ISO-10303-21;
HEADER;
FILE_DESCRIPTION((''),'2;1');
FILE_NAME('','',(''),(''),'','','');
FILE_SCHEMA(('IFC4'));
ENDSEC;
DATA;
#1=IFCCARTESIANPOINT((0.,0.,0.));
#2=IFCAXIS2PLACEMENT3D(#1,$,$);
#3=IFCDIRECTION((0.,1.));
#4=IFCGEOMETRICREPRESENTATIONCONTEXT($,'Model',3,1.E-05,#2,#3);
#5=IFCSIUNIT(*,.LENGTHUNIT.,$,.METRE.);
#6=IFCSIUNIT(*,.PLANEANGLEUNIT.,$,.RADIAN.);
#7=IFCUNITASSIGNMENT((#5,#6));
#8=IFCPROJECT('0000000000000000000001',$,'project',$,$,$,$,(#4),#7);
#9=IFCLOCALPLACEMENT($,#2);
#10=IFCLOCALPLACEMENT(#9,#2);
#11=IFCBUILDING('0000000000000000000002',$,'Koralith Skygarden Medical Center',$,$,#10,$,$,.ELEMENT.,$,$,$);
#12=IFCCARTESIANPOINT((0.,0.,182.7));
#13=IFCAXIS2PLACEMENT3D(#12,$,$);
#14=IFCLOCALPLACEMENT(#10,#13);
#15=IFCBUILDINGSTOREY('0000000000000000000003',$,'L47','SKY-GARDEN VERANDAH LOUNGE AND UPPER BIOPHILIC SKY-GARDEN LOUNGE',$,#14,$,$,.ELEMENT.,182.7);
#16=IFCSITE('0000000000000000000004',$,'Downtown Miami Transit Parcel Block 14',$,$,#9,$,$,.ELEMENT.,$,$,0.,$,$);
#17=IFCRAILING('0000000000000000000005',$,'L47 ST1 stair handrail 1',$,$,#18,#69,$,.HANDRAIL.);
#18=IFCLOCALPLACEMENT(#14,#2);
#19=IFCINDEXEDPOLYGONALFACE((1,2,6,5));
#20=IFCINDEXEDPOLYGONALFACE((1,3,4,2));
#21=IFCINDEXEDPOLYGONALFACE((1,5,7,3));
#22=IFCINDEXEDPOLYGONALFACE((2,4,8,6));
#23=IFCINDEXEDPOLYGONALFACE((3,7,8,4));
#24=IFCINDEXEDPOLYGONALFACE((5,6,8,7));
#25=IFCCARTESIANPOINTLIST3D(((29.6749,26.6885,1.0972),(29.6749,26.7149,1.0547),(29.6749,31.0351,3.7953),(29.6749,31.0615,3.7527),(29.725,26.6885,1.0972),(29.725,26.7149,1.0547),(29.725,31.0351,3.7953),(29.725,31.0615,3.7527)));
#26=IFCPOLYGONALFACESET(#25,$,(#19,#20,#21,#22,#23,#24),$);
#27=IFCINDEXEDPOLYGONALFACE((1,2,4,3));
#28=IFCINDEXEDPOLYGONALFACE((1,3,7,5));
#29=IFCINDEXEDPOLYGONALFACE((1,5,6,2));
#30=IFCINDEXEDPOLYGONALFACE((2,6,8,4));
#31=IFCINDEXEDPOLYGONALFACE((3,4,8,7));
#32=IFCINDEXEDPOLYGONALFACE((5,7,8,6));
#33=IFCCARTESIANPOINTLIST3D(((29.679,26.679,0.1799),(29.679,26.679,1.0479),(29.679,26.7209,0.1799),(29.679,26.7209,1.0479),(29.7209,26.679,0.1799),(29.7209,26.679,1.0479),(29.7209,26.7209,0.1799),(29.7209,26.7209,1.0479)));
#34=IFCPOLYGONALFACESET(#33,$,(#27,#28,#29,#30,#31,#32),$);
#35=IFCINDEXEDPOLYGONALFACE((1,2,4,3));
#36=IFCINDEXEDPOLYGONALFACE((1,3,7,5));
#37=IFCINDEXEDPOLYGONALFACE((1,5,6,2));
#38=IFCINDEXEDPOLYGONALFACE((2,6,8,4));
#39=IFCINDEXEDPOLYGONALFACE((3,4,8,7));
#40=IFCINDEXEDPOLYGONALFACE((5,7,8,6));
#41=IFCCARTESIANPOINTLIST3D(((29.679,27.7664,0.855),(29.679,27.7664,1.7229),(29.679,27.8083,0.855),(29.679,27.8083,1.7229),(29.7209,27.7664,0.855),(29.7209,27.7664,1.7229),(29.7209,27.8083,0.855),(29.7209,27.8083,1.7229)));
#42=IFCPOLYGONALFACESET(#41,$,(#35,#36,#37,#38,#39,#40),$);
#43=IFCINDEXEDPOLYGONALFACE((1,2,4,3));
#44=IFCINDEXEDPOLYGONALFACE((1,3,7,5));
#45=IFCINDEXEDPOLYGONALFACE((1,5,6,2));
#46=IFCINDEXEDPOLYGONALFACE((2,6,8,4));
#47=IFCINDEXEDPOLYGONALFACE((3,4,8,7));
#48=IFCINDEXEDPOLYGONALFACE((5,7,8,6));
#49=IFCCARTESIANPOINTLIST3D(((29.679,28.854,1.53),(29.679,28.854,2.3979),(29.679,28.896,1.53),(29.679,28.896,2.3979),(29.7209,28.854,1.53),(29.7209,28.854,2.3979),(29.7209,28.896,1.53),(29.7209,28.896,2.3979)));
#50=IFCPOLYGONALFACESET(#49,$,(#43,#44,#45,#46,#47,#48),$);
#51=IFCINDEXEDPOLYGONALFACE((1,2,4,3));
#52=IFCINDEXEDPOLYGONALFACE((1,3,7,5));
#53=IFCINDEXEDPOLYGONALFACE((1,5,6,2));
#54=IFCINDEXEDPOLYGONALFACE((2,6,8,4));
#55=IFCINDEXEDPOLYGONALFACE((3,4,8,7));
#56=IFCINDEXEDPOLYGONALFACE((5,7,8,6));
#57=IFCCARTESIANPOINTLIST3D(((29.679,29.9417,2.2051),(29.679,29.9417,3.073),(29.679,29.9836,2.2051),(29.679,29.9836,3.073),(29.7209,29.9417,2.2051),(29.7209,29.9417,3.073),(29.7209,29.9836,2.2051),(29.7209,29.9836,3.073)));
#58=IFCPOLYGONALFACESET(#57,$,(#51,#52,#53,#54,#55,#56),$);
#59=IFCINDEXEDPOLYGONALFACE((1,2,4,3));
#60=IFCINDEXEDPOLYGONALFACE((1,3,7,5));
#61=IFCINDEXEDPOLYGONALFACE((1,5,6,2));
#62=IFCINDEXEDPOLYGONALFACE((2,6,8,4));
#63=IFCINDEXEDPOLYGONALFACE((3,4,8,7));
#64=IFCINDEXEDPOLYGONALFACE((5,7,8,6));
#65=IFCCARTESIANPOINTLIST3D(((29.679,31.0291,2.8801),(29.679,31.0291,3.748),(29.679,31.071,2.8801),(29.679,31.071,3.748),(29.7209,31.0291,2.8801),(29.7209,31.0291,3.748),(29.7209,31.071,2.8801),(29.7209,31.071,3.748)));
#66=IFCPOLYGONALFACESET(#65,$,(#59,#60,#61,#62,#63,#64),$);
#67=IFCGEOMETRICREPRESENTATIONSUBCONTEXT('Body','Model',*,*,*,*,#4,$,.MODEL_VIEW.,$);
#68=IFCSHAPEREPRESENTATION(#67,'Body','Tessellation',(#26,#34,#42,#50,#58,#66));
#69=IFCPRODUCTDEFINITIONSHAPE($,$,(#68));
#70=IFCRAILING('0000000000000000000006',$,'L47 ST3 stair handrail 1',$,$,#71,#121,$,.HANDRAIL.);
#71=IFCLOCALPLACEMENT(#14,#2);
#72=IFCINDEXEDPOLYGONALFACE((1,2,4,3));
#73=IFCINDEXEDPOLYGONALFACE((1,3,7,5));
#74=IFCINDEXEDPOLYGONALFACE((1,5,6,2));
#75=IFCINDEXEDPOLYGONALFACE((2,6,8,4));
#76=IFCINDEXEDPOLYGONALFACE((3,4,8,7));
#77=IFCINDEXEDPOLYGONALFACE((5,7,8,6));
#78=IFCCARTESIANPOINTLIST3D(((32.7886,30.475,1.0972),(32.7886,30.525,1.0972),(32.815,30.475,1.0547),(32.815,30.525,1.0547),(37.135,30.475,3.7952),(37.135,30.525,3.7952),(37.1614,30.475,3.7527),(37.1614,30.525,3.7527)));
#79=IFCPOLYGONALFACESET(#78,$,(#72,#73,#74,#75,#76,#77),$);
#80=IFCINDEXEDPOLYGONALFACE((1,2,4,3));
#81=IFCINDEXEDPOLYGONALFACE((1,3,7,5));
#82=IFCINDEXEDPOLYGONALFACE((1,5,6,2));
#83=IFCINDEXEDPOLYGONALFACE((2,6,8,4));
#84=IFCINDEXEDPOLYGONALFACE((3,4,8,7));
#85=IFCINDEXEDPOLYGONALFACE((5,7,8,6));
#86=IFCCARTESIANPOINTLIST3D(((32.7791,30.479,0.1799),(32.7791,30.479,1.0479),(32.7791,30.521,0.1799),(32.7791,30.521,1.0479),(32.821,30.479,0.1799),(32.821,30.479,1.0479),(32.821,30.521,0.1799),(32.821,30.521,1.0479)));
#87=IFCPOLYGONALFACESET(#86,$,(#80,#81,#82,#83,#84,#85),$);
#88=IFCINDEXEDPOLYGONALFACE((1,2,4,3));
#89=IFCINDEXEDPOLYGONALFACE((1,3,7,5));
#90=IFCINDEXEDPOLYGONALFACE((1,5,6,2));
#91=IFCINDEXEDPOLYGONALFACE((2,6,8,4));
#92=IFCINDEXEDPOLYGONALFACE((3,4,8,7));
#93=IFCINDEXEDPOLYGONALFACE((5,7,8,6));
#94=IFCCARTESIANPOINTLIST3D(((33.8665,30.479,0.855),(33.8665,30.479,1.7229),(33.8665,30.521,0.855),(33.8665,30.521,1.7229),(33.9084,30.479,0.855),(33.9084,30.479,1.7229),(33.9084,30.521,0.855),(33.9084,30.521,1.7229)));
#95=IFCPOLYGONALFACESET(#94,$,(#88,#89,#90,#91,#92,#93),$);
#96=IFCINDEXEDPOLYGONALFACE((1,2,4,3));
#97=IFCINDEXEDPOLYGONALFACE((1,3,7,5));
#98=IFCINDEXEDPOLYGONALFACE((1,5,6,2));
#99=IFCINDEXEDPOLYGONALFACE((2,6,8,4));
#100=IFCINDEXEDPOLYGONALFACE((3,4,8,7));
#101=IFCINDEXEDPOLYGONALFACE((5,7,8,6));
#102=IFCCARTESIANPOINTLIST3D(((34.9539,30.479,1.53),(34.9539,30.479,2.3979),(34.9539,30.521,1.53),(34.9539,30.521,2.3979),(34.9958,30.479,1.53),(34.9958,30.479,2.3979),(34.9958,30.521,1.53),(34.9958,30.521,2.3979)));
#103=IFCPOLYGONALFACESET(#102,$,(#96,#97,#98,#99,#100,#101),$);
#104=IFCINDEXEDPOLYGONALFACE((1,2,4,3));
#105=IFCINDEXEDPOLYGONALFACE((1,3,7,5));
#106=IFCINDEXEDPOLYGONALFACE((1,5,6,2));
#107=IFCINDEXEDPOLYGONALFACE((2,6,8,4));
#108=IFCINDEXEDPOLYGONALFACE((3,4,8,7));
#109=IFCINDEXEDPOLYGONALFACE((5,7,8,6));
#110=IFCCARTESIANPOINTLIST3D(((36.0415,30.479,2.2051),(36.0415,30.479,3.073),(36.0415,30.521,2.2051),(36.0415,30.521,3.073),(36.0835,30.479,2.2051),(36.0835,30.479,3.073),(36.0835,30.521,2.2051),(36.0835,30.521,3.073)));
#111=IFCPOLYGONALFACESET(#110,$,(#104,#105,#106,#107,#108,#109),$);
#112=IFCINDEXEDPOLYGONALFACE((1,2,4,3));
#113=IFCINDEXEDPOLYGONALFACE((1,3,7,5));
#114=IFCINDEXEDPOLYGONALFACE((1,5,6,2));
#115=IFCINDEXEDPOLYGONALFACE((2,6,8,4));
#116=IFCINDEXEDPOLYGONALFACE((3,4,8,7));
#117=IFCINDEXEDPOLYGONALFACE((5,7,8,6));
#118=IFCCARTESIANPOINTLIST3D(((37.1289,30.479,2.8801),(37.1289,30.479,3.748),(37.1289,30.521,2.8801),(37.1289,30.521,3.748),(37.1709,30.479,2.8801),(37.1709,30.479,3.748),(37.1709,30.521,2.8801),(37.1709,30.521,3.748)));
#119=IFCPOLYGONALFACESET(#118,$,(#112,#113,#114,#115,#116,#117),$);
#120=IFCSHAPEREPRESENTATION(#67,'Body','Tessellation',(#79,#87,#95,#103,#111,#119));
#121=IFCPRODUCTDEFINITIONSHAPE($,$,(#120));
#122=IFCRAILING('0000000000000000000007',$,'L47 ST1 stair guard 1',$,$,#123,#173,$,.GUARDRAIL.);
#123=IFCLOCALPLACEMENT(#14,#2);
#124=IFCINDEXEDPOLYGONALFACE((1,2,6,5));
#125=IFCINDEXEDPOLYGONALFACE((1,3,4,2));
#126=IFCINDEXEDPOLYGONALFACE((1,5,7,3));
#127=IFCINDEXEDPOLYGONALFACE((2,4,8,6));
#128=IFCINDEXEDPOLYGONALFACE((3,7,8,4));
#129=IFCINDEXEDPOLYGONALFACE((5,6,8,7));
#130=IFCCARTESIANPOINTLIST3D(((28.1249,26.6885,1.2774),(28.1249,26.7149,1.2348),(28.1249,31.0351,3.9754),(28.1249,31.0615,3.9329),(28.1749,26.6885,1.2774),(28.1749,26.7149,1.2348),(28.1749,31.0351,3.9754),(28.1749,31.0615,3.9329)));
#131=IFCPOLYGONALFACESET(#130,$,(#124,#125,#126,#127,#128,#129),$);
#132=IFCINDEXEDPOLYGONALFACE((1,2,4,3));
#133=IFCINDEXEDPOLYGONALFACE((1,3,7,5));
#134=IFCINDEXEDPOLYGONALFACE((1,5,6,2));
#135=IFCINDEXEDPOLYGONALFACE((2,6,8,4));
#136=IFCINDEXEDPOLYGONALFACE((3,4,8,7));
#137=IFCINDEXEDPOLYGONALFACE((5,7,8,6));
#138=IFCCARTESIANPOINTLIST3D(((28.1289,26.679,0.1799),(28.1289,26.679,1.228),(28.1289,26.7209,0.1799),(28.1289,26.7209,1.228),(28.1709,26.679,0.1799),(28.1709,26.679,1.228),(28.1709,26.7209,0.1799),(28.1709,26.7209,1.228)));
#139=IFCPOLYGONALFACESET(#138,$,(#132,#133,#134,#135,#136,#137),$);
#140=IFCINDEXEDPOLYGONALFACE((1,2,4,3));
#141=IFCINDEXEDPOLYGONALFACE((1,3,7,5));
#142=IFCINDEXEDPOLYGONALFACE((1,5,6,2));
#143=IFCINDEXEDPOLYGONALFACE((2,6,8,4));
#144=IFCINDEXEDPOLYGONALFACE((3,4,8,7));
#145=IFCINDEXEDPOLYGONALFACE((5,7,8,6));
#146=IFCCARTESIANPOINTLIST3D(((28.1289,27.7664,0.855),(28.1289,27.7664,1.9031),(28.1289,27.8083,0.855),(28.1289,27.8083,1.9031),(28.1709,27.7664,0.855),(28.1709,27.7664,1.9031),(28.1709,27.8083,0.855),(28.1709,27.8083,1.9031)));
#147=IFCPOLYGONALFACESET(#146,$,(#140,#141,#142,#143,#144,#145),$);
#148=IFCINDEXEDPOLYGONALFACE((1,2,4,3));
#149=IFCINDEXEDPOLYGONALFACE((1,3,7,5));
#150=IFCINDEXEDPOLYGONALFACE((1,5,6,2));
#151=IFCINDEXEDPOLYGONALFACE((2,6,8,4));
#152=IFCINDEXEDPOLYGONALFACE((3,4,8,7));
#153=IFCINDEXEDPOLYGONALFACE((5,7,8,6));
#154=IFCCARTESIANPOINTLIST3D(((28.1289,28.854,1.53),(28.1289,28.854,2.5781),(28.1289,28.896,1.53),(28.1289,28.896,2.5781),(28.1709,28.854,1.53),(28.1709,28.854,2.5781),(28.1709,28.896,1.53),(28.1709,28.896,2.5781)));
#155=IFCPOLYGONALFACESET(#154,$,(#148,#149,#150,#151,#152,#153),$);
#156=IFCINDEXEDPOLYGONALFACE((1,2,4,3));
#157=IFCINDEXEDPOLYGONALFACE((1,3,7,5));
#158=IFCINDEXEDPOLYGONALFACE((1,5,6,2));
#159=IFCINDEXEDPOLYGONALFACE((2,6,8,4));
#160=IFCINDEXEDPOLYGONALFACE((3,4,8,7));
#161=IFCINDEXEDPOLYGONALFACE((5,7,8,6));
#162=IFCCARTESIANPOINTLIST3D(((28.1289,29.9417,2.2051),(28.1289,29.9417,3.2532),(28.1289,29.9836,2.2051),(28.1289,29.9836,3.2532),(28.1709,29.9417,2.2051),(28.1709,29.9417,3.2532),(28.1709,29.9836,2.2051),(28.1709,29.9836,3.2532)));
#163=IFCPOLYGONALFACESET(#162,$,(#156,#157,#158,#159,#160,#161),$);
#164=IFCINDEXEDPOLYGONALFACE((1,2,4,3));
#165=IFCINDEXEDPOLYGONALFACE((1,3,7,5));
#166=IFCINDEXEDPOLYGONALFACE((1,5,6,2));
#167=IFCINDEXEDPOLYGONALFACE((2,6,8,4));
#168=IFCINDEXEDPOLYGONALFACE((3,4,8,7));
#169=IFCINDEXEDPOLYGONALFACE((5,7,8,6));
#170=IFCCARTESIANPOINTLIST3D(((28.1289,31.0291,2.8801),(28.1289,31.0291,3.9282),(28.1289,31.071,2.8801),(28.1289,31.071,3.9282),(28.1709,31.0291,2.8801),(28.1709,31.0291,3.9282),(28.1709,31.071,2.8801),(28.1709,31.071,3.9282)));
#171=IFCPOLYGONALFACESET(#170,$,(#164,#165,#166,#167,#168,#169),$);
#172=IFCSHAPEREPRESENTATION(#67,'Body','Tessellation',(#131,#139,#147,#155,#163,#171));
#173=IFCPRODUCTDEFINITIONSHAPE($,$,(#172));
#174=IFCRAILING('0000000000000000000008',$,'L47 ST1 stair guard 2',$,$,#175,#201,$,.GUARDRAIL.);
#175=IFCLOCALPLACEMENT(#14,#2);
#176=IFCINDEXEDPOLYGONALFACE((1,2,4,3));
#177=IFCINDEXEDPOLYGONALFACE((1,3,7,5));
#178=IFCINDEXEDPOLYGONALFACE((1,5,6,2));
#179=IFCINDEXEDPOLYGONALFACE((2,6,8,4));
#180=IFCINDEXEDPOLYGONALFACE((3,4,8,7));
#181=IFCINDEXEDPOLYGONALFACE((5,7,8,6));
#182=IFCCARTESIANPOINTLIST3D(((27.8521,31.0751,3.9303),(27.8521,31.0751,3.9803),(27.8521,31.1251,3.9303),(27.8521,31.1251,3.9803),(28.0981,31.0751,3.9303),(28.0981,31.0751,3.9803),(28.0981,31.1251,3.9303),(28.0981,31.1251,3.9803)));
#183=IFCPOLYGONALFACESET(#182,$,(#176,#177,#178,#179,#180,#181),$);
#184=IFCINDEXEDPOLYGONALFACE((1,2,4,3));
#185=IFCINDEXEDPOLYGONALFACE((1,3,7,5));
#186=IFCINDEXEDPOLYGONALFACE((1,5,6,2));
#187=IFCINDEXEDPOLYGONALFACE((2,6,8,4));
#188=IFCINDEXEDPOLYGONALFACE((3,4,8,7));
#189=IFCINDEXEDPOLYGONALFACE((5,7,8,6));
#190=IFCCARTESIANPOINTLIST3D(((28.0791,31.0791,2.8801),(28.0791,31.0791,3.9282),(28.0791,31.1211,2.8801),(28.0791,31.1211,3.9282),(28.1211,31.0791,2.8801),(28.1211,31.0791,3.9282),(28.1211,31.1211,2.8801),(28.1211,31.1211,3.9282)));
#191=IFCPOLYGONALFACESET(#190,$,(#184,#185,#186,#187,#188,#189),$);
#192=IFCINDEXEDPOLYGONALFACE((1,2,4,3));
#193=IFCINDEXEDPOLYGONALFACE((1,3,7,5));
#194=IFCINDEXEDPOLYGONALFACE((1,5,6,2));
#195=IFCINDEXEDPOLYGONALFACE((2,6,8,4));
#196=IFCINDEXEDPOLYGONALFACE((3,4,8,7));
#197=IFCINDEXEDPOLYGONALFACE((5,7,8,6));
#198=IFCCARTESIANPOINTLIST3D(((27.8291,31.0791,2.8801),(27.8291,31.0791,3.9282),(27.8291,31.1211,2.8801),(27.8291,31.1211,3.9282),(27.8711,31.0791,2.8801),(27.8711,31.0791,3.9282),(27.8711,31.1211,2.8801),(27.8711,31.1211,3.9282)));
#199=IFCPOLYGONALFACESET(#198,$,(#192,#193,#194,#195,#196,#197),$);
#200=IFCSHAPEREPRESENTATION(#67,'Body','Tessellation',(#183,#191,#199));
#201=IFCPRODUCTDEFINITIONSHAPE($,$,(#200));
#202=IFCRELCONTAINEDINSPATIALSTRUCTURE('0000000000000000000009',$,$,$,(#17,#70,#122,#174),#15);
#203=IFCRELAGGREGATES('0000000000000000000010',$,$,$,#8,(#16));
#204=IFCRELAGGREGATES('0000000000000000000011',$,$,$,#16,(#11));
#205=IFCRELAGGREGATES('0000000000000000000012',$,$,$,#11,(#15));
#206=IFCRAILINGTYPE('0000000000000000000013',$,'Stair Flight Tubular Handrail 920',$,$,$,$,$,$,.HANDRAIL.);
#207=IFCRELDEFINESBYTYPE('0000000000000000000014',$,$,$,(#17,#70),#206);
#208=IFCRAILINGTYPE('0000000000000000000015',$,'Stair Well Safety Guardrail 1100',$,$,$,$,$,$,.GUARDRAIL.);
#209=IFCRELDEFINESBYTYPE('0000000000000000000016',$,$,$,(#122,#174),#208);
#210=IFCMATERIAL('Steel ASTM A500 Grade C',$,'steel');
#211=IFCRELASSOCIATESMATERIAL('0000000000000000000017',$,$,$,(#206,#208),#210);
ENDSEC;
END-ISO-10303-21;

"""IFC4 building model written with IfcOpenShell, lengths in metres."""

from ifc_helpers import new_model, si_unit, direction, frame, origin, origin_2d, place, context, subcontext, project, spatial, rectangle, extrude, material, type_object, element, save


model = new_model("IFC4")

# Units and contexts
model_context = context("Model", 3, precision=1e-05, world=origin(), true_north=direction((0.0, 1.0)))
body_context = subcontext(model_context, "Body", "Model", "MODEL_VIEW")
ifc_project = project(units=[si_unit("LENGTHUNIT", "METRE"), si_unit("PLANEANGLEUNIT", "RADIAN")], contexts=[model_context])

# Site, building, storey
site_placement = place(None, origin())
site = spatial("IfcSite", under=ifc_project, at=site_placement, Name="Downtown Miami Transit Parcel Block 14", CompositionType="ELEMENT", RefElevation=0.0)
building_placement = place(site_placement, origin())
building = spatial("IfcBuilding", under=site, at=building_placement, Name="Koralith Skygarden Medical Center", CompositionType="ELEMENT")
storey_placement = place(building_placement, frame((0.0, 0.0, 182.7)))
storey = spatial("IfcBuildingStorey", under=building, at=storey_placement, Name="L47", Description="SKY-GARDEN VERANDAH LOUNGE AND UPPER BIOPHILIC SKY-GARDEN LOUNGE", CompositionType="ELEMENT", Elevation=182.7)

# Railings
ifc_material_1 = material(Name="Steel ASTM A500 Grade C", Category="steel")
railing_type_1 = type_object("IfcRailingType", Name="Stair Flight Tubular Handrail 920", PredefinedType="HANDRAIL", material=ifc_material_1)
railing_1_placement = place(storey_placement, frame((29.7, 26.7, 0.1799)))
element("IfcRailing", 1, at=railing_1_placement, inside=storey, type_object=railing_type_1, Name="L47 ST1 stair handrail 1", PredefinedType="HANDRAIL", context=body_context, shape_type="SweptSolid", body=[
    extrude(rectangle(XDim=0.05, YDim=0.05, at=origin_2d()), frame((0.0, 0.0017, 0.896), z_axis=(0.0, 0.849628, 0.527382), x_axis=(-1.0, 0.0, 0.0)), (0.0, 0.0, 1.0), 5.116),
    extrude(rectangle(XDim=0.042, YDim=0.042, at=origin_2d()), origin(), (0.0, 0.0, 1.0), 0.8679),
    extrude(rectangle(XDim=0.042, YDim=0.042, at=origin_2d()), frame((0.0, 1.0874, 0.675)), (0.0, 0.0, 1.0), 0.8679),
    extrude(rectangle(XDim=0.042, YDim=0.042, at=origin_2d()), frame((0.0, 2.175, 1.3501)), (0.0, 0.0, 1.0), 0.8679),
    extrude(rectangle(XDim=0.042, YDim=0.042, at=origin_2d()), frame((0.0, 3.2627, 2.0251)), (0.0, 0.0, 1.0), 0.8679),
    extrude(rectangle(XDim=0.042, YDim=0.042, at=origin_2d()), frame((0.0, 4.3501, 2.7002)), (0.0, 0.0, 1.0), 0.8679),
])
railing_2_placement = place(storey_placement, frame((32.8, 30.5, 0.1799)))
element("IfcRailing", 2, at=railing_2_placement, inside=storey, type_object=railing_type_1, Name="L47 ST3 stair handrail 1", PredefinedType="HANDRAIL", context=body_context, shape_type="SweptSolid", body=[
    extrude(rectangle(XDim=0.05, YDim=0.05, at=origin_2d()), frame((0.0017, 0.0, 0.896), z_axis=(0.849615, 0.0, 0.527403), x_axis=(0.0, 1.0, 0.0)), (0.0, 0.0, 1.0), 5.1157),
    extrude(rectangle(XDim=0.042, YDim=0.042, at=origin_2d()), origin(), (0.0, 0.0, 1.0), 0.8679),
    extrude(rectangle(XDim=0.042, YDim=0.042, at=origin_2d()), frame((1.0874, 0.0, 0.675)), (0.0, 0.0, 1.0), 0.8679),
    extrude(rectangle(XDim=0.042, YDim=0.042, at=origin_2d()), frame((2.1748, 0.0, 1.3501)), (0.0, 0.0, 1.0), 0.8679),
    extrude(rectangle(XDim=0.042, YDim=0.042, at=origin_2d()), frame((3.2625, 0.0, 2.0251)), (0.0, 0.0, 1.0), 0.8679),
    extrude(rectangle(XDim=0.042, YDim=0.042, at=origin_2d()), frame((4.3499, 0.0, 2.7002)), (0.0, 0.0, 1.0), 0.8679),
])
railing_type_2 = type_object("IfcRailingType", Name="Stair Well Safety Guardrail 1100", PredefinedType="GUARDRAIL", material=ifc_material_1)
railing_3_placement = place(storey_placement, frame((28.1499, 26.7, 0.1799)))
element("IfcRailing", 3, at=railing_3_placement, inside=storey, type_object=railing_type_2, Name="L47 ST1 stair guard 1", PredefinedType="GUARDRAIL", context=body_context, shape_type="SweptSolid", body=[
    extrude(rectangle(XDim=0.05, YDim=0.05, at=origin_2d()), frame((0.0, 0.0017, 1.0762), z_axis=(0.0, 0.849628, 0.527382), x_axis=(-1.0, 0.0, 0.0)), (0.0, 0.0, 1.0), 5.116),
    extrude(rectangle(XDim=0.042, YDim=0.042, at=origin_2d()), origin(), (0.0, 0.0, 1.0), 1.0481),
    extrude(rectangle(XDim=0.042, YDim=0.042, at=origin_2d()), frame((0.0, 1.0874, 0.675)), (0.0, 0.0, 1.0), 1.0481),
    extrude(rectangle(XDim=0.042, YDim=0.042, at=origin_2d()), frame((0.0, 2.175, 1.3501)), (0.0, 0.0, 1.0), 1.0481),
    extrude(rectangle(XDim=0.042, YDim=0.042, at=origin_2d()), frame((0.0, 3.2627, 2.0251)), (0.0, 0.0, 1.0), 1.0481),
    extrude(rectangle(XDim=0.042, YDim=0.042, at=origin_2d()), frame((0.0, 4.3501, 2.7002)), (0.0, 0.0, 1.0), 1.0481),
])
railing_4_placement = place(storey_placement, frame((28.1001, 31.1001, 2.8801)))
element("IfcRailing", 4, at=railing_4_placement, inside=storey, type_object=railing_type_2, Name="L47 ST1 stair guard 2", PredefinedType="GUARDRAIL", context=body_context, shape_type="SweptSolid", body=[
    extrude(rectangle(XDim=0.05, YDim=0.05, at=origin_2d()), frame((-0.002, 0.0, 1.0752), z_axis=(-1.0, 0.0, 0.0), x_axis=(0.0, -1.0, 0.0)), (0.0, 0.0, 1.0), 0.2461),
    extrude(rectangle(XDim=0.042, YDim=0.042, at=origin_2d()), origin(), (0.0, 0.0, 1.0), 1.0481),
    extrude(rectangle(XDim=0.042, YDim=0.042, at=origin_2d()), frame((-0.25, 0.0, 0.0)), (0.0, 0.0, 1.0), 1.0481),
])

save(model, "model.ifc")
